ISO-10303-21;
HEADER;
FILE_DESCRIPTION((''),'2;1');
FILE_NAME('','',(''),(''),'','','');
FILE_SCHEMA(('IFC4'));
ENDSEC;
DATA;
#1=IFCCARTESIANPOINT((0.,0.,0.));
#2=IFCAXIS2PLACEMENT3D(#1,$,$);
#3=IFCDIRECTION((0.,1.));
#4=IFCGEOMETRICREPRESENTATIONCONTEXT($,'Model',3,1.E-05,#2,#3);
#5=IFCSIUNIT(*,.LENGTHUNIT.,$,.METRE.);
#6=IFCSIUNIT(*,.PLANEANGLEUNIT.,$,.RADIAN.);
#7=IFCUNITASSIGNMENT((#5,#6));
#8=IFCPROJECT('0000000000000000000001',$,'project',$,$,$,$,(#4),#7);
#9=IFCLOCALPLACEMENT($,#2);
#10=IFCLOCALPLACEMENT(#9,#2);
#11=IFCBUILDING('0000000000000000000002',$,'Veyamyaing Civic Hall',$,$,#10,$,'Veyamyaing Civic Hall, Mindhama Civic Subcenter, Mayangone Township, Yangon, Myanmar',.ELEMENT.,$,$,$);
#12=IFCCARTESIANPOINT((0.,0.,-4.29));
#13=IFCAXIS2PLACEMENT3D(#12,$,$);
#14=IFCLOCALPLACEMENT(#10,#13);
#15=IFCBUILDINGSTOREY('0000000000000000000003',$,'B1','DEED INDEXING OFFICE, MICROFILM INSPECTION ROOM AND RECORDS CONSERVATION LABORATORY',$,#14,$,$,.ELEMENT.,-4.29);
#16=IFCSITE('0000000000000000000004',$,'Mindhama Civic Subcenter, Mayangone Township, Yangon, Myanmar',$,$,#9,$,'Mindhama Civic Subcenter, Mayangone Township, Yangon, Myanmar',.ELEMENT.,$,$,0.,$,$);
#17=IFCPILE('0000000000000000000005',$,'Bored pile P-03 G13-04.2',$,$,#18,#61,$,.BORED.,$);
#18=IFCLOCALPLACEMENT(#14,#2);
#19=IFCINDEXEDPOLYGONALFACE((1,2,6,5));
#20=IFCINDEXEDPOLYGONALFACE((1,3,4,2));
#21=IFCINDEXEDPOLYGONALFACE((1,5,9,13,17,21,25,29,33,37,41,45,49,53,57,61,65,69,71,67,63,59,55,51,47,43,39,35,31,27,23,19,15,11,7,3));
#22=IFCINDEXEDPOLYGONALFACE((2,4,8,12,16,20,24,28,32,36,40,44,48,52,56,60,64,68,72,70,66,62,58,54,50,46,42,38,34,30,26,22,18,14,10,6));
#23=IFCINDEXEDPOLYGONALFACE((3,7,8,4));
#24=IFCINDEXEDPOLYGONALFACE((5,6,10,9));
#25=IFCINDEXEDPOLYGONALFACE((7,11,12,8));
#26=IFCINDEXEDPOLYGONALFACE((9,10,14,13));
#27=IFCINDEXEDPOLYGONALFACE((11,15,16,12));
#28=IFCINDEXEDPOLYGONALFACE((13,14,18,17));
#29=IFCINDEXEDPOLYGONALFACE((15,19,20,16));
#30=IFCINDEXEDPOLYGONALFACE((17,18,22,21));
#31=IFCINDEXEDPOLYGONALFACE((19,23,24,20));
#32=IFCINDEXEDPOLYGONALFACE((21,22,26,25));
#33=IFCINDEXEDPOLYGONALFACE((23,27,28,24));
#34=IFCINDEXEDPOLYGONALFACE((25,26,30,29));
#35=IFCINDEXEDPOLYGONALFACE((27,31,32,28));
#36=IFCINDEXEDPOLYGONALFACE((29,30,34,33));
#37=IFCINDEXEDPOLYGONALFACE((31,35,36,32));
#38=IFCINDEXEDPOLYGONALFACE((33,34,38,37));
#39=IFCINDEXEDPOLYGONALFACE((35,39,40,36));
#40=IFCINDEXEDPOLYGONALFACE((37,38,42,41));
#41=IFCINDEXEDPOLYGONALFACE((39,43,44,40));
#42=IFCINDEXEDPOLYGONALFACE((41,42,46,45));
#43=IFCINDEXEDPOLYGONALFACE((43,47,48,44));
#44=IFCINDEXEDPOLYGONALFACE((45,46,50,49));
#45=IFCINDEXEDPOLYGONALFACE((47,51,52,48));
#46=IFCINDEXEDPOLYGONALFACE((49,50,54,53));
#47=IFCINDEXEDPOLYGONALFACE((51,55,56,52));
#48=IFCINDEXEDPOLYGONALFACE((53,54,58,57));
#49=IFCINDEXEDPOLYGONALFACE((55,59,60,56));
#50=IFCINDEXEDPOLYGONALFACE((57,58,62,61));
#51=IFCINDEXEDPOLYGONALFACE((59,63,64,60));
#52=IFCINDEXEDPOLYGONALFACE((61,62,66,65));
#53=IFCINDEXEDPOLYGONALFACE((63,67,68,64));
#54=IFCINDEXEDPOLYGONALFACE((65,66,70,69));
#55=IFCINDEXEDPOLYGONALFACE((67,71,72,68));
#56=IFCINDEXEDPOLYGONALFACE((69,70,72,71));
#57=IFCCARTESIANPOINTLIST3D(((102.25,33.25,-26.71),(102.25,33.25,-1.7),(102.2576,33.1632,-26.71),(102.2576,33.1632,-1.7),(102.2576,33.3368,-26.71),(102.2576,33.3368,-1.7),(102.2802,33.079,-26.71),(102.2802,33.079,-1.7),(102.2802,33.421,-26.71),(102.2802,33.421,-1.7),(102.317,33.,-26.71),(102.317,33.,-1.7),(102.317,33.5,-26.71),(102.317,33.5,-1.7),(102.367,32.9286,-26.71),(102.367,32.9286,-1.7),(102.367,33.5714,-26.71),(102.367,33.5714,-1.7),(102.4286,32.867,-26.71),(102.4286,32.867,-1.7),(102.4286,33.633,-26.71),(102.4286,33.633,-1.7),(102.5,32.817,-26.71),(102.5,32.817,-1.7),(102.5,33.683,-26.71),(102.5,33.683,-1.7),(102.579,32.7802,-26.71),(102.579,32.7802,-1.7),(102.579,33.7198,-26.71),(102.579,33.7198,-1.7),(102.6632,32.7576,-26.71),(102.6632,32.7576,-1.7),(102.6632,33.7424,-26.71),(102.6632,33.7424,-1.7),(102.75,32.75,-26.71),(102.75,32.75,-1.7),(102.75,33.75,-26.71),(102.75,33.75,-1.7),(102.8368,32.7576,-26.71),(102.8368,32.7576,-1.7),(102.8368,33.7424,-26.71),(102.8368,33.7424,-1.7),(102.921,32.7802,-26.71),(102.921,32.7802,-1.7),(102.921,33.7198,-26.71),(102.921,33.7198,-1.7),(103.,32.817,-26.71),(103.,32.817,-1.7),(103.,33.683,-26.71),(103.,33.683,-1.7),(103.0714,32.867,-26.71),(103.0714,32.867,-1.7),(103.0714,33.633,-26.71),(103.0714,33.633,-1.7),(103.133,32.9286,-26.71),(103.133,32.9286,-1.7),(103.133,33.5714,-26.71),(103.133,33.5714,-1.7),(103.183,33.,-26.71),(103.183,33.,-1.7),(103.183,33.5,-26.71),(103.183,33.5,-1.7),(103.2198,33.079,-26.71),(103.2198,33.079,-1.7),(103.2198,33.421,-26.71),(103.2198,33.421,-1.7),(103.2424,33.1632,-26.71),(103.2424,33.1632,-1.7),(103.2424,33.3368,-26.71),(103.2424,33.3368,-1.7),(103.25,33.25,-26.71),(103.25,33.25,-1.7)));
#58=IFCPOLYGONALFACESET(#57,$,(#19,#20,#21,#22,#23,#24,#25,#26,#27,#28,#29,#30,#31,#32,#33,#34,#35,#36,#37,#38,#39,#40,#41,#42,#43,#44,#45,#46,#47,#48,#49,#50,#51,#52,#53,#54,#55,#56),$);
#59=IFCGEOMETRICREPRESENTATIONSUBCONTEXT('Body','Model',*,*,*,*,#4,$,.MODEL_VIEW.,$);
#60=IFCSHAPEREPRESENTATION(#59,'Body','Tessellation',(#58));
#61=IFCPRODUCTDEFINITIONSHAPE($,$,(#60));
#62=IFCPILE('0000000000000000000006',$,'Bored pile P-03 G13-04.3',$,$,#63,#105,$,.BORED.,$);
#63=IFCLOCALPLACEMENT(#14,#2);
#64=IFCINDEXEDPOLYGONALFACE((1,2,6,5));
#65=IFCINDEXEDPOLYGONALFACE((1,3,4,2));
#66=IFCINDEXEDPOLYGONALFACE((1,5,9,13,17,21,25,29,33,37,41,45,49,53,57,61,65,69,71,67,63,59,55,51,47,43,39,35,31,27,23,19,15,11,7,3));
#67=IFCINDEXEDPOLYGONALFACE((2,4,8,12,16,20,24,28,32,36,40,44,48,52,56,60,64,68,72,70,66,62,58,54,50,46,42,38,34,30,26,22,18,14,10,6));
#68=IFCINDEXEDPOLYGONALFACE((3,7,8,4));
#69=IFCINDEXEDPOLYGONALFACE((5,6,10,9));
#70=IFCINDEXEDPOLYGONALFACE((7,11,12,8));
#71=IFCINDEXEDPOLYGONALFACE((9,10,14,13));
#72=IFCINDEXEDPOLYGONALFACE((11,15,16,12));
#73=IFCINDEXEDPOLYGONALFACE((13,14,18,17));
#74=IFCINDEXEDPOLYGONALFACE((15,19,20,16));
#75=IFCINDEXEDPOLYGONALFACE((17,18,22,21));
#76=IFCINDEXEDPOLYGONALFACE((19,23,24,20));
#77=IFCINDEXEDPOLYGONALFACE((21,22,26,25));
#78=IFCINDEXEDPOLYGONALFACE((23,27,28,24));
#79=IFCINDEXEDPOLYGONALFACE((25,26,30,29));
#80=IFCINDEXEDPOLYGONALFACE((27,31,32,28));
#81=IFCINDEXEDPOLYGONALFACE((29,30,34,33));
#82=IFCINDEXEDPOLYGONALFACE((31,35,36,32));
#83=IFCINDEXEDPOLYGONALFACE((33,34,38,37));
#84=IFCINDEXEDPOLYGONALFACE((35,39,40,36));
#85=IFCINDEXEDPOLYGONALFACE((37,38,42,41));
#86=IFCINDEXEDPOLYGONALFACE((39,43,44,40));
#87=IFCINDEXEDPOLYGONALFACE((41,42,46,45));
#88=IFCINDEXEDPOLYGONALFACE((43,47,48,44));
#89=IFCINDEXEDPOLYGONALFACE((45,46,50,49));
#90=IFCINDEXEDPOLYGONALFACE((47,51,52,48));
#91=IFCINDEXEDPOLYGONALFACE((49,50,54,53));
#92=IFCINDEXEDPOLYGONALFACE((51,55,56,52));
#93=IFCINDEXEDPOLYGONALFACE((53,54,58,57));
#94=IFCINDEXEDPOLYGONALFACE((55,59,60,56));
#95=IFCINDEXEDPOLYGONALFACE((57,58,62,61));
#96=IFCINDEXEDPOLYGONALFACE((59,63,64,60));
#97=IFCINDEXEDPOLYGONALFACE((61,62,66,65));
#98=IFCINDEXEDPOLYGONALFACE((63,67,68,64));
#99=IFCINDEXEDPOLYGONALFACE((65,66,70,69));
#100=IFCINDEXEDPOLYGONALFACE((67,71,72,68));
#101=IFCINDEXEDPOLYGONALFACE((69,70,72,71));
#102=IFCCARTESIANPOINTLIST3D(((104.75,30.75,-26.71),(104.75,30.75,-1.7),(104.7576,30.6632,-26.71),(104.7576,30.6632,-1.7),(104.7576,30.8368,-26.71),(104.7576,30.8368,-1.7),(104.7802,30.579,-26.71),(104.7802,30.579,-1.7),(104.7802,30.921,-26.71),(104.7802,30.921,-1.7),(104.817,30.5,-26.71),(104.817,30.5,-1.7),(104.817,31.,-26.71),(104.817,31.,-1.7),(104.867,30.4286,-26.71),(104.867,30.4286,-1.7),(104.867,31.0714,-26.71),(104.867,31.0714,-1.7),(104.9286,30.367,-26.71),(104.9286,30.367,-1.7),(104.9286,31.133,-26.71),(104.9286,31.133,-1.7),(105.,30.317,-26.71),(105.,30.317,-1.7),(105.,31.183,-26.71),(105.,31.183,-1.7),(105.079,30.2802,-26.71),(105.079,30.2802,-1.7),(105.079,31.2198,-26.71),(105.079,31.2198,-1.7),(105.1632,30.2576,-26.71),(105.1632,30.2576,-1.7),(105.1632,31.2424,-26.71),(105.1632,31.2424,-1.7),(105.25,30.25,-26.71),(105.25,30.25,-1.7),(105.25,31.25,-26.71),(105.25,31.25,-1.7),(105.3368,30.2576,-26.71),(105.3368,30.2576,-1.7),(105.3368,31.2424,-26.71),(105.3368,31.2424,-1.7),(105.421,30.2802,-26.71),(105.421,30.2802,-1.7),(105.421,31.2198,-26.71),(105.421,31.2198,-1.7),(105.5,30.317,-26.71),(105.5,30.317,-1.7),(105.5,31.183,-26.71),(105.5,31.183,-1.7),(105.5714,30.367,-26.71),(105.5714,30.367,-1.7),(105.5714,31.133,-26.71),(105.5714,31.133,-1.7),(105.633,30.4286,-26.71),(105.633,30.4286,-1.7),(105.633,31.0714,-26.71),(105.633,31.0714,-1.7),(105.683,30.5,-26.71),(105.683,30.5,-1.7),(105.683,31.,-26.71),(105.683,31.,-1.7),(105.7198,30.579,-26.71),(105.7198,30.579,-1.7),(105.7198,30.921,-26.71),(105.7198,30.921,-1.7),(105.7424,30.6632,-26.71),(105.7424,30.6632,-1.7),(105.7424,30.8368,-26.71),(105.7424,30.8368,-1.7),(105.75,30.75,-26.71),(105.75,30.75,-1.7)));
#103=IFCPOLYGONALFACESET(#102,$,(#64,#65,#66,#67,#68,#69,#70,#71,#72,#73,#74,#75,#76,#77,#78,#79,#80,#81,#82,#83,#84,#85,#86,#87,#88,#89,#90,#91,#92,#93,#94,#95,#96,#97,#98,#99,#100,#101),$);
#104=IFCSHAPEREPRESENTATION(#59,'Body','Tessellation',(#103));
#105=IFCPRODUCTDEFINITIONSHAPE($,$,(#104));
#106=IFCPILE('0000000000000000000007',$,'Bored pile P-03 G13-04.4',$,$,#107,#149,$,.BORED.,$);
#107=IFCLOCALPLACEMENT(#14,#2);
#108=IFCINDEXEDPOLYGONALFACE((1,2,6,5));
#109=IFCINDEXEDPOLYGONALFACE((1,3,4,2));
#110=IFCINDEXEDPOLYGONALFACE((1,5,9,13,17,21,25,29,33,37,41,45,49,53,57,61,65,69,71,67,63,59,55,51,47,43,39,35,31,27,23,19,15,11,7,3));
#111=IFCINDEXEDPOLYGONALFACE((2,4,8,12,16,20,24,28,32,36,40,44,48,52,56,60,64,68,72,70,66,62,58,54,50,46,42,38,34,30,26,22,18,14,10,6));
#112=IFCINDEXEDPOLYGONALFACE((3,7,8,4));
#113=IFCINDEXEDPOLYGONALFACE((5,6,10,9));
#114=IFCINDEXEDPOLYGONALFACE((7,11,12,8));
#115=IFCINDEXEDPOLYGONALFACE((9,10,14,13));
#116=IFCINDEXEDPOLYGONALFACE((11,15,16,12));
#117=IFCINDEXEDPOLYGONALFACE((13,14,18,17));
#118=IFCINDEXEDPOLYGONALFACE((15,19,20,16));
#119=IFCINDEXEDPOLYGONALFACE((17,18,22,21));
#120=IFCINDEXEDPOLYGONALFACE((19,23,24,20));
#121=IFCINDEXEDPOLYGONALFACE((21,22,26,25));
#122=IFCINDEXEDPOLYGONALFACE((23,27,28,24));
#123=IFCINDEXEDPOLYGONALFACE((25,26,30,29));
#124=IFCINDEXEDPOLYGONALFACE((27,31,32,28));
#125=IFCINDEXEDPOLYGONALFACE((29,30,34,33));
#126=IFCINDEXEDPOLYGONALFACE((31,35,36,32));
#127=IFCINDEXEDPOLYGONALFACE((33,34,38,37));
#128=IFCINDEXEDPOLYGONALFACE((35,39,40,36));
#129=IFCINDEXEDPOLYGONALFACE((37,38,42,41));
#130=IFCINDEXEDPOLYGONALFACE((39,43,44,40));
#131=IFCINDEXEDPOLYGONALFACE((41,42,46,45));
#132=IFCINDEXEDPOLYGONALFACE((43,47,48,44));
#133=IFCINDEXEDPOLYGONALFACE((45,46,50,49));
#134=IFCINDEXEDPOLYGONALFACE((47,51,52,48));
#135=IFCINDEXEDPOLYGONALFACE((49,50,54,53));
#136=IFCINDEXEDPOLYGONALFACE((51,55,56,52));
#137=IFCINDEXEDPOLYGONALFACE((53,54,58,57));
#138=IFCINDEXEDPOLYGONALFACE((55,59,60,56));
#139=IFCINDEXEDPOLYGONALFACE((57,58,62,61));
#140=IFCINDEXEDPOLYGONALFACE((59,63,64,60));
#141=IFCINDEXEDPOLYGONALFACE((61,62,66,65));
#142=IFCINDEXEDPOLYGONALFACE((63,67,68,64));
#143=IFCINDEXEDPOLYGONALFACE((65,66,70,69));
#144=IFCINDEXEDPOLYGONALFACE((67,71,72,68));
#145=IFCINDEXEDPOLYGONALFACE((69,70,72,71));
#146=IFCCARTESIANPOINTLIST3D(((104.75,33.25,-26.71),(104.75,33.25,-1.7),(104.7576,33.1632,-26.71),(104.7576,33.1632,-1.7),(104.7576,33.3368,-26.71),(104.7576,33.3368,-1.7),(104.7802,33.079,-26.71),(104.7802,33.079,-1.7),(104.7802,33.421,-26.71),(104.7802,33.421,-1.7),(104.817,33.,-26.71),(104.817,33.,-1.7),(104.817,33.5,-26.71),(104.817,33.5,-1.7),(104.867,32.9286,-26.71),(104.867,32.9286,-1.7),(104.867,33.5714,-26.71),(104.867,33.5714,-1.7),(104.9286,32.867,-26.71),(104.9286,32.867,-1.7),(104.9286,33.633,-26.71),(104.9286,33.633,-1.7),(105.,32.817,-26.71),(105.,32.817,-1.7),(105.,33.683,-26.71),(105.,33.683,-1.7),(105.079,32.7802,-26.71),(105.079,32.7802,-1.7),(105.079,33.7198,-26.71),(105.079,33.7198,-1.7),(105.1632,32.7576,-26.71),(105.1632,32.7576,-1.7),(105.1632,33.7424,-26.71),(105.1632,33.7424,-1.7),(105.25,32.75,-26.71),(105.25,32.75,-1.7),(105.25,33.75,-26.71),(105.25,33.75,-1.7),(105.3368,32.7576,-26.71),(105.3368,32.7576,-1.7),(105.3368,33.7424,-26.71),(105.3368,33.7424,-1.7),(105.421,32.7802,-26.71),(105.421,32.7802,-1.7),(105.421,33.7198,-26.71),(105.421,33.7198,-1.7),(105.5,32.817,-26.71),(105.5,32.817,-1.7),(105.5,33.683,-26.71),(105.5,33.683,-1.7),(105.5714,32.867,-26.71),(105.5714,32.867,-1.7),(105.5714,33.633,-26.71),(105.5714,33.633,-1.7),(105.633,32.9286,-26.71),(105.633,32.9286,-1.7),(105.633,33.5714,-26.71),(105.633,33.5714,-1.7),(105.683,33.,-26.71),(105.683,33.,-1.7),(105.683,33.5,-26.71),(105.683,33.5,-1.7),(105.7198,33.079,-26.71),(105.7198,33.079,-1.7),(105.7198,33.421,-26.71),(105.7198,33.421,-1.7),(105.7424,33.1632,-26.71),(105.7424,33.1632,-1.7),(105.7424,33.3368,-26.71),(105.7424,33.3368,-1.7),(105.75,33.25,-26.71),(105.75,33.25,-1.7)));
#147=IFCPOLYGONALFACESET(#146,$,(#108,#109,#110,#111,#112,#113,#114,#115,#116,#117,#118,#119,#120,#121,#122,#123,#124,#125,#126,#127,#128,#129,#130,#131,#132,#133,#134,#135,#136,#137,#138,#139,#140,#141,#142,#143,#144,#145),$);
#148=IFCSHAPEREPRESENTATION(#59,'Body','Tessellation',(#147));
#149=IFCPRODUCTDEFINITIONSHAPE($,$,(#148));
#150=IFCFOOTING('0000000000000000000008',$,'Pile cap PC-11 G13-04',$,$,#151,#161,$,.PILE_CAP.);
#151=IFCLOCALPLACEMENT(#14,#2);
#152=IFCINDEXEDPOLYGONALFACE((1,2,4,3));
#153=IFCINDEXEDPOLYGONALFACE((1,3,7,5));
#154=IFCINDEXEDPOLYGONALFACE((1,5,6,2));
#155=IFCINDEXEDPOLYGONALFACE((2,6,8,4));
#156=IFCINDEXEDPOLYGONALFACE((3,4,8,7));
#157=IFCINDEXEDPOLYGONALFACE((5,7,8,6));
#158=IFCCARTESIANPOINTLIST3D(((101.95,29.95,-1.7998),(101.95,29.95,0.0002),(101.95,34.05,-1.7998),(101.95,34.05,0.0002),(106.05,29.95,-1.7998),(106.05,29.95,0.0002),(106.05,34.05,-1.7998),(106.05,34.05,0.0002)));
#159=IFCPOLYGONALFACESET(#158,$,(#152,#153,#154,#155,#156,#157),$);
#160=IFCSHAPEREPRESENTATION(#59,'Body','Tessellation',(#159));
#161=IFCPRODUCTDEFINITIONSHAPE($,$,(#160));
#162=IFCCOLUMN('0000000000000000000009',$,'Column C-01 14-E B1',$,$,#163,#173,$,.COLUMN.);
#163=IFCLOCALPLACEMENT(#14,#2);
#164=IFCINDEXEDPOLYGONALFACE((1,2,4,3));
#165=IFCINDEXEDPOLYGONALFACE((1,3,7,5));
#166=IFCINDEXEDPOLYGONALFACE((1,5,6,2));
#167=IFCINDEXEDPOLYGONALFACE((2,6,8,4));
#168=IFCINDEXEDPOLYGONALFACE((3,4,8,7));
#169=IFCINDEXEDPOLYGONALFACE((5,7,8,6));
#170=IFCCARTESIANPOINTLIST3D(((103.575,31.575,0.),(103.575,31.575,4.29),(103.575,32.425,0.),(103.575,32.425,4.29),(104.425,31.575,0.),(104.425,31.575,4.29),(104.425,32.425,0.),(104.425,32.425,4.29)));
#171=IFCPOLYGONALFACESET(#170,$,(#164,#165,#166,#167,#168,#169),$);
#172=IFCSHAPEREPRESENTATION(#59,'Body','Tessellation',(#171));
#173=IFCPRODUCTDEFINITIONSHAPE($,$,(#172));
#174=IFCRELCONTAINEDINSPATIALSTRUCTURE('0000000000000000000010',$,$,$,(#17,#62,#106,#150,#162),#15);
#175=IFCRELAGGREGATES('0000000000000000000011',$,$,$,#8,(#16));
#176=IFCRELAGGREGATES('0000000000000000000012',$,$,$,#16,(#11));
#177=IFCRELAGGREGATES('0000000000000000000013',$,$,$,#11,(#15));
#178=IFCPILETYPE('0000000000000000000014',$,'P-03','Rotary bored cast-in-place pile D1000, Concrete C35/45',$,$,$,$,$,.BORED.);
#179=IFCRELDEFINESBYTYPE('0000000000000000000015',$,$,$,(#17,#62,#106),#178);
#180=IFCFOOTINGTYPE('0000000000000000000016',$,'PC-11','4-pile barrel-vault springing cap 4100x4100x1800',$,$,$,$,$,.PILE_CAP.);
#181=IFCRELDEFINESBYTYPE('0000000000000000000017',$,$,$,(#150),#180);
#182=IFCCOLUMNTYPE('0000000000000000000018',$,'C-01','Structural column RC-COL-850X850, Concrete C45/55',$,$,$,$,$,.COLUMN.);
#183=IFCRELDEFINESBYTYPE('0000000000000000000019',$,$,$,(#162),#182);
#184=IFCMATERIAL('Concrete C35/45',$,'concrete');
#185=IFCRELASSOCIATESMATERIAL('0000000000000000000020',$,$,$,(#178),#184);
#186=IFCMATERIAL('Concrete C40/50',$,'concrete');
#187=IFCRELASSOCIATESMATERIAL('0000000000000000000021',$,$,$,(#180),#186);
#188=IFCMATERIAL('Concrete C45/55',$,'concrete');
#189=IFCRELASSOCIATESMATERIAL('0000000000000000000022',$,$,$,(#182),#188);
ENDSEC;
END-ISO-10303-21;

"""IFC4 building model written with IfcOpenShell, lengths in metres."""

from ifc_helpers import new_model, si_unit, direction, frame, origin, origin_2d, place, context, subcontext, project, spatial, rectangle, circle, extrude, material, material_profile, profile_set, type_object, element, save


model = new_model("IFC4")

# Units and contexts
model_context = context("Model", 3, precision=1e-05, world=origin(), true_north=direction((0.0, 1.0)))
body_context = subcontext(model_context, "Body", "Model", "MODEL_VIEW")
ifc_project = project(units=[si_unit("LENGTHUNIT", "METRE"), si_unit("PLANEANGLEUNIT", "RADIAN")], contexts=[model_context])

# Site, building, storey
site_placement = place(None, origin())
site = spatial("IfcSite", under=ifc_project, at=site_placement, Name="Mindhama Civic Subcenter, Mayangone Township, Yangon, Myanmar", LongName="Mindhama Civic Subcenter, Mayangone Township, Yangon, Myanmar", CompositionType="ELEMENT", RefElevation=0.0)
building_placement = place(site_placement, origin())
building = spatial("IfcBuilding", under=site, at=building_placement, Name="Veyamyaing Civic Hall", LongName="Veyamyaing Civic Hall, Mindhama Civic Subcenter, Mayangone Township, Yangon, Myanmar", CompositionType="ELEMENT")
storey_placement = place(building_placement, frame((0.0, 0.0, -4.29)))
storey = spatial("IfcBuildingStorey", under=building, at=storey_placement, Name="B1", Description="DEED INDEXING OFFICE, MICROFILM INSPECTION ROOM AND RECORDS CONSERVATION LABORATORY", CompositionType="ELEMENT", Elevation=-4.29)

# Shared definitions
ifc_material_1 = material(Name="Concrete C40/50", Category="concrete")

# Piles
ifc_material_2 = material(Name="Concrete C35/45", Category="concrete")
ifc_material_profile_1 = material_profile(ifc_material_2, circle(Radius=0.5, at=origin_2d()), Name="PILE-D1000")
ifc_profile_set_1 = profile_set([ifc_material_profile_1], Name="Concrete C35/45")
pile_type = type_object("IfcPileType", Name="P-03", Description="Rotary bored cast-in-place pile D1000, Concrete C35/45", PredefinedType="BORED", material=ifc_profile_set_1)
for number, where, z_axis, x_axis, name in (
    (1, (102.75, 33.25, -1.7), (0.0, 0.0, -1.0), (1.0, 0.0, 0.0), "Bored pile P-03 G13-04.2"),
    (2, (105.25, 30.75, -1.7), (0.0, 0.0, -1.0), (1.0, 0.0, 0.0), "Bored pile P-03 G13-04.3"),
    (3, (105.25, 33.25, -1.7), (0.0, 0.0, -1.0), (1.0, 0.0, 0.0), "Bored pile P-03 G13-04.4"),
):
    element("IfcPile", number, at=place(storey_placement, frame(where, z_axis=z_axis, x_axis=x_axis)), inside=storey, type_object=pile_type, Name=name, PredefinedType="BORED", context=body_context, shape_type="SweptSolid", body=[
        extrude(circle(Radius=0.5, at=origin_2d()), origin(), (0.0, 0.0, 1.0), 25.01),
    ])

# Footing
footing_type_1 = type_object("IfcFootingType", Name="PC-11", Description="4-pile barrel-vault springing cap 4100x4100x1800", PredefinedType="PILE_CAP", material=ifc_material_1)
footing_1_placement = place(storey_placement, frame((104.0, 32.0, -1.7998), z_axis=(0.0, 0.0, 1.0), x_axis=(1.0, 0.0, 0.0)))
element("IfcFooting", 4, at=footing_1_placement, inside=storey, type_object=footing_type_1, Name="Pile cap PC-11 G13-04", PredefinedType="PILE_CAP", context=body_context, shape_type="SweptSolid", body=[
    extrude(rectangle(XDim=4.1001, YDim=4.1001, at=origin_2d()), origin(), (0.0, 0.0, 1.0), 1.8),
])

# Column
ifc_material_3 = material(Name="Concrete C45/55", Category="concrete")
ifc_material_profile_2 = material_profile(ifc_material_3, rectangle(XDim=0.8501, YDim=0.8501, at=origin_2d()), Name="RC-COL-850X850")
ifc_profile_set_2 = profile_set([ifc_material_profile_2], Name="Concrete C45/55")
column_type = type_object("IfcColumnType", Name="C-01", Description="Structural column RC-COL-850X850, Concrete C45/55", PredefinedType="COLUMN", material=ifc_profile_set_2)
column_placement = place(storey_placement, frame((104.0, 32.0, 0.0), z_axis=(0.0, 0.0, 1.0), x_axis=(1.0, 0.0, 0.0)))
element("IfcColumn", 5, at=column_placement, inside=storey, type_object=column_type, Name="Column C-01 14-E B1", PredefinedType="COLUMN", context=body_context, shape_type="SweptSolid", body=[
    extrude(rectangle(XDim=0.8501, YDim=0.8501, at=origin_2d()), origin(), (0.0, 0.0, 1.0), 4.29),
])

save(model, "model.ifc")
